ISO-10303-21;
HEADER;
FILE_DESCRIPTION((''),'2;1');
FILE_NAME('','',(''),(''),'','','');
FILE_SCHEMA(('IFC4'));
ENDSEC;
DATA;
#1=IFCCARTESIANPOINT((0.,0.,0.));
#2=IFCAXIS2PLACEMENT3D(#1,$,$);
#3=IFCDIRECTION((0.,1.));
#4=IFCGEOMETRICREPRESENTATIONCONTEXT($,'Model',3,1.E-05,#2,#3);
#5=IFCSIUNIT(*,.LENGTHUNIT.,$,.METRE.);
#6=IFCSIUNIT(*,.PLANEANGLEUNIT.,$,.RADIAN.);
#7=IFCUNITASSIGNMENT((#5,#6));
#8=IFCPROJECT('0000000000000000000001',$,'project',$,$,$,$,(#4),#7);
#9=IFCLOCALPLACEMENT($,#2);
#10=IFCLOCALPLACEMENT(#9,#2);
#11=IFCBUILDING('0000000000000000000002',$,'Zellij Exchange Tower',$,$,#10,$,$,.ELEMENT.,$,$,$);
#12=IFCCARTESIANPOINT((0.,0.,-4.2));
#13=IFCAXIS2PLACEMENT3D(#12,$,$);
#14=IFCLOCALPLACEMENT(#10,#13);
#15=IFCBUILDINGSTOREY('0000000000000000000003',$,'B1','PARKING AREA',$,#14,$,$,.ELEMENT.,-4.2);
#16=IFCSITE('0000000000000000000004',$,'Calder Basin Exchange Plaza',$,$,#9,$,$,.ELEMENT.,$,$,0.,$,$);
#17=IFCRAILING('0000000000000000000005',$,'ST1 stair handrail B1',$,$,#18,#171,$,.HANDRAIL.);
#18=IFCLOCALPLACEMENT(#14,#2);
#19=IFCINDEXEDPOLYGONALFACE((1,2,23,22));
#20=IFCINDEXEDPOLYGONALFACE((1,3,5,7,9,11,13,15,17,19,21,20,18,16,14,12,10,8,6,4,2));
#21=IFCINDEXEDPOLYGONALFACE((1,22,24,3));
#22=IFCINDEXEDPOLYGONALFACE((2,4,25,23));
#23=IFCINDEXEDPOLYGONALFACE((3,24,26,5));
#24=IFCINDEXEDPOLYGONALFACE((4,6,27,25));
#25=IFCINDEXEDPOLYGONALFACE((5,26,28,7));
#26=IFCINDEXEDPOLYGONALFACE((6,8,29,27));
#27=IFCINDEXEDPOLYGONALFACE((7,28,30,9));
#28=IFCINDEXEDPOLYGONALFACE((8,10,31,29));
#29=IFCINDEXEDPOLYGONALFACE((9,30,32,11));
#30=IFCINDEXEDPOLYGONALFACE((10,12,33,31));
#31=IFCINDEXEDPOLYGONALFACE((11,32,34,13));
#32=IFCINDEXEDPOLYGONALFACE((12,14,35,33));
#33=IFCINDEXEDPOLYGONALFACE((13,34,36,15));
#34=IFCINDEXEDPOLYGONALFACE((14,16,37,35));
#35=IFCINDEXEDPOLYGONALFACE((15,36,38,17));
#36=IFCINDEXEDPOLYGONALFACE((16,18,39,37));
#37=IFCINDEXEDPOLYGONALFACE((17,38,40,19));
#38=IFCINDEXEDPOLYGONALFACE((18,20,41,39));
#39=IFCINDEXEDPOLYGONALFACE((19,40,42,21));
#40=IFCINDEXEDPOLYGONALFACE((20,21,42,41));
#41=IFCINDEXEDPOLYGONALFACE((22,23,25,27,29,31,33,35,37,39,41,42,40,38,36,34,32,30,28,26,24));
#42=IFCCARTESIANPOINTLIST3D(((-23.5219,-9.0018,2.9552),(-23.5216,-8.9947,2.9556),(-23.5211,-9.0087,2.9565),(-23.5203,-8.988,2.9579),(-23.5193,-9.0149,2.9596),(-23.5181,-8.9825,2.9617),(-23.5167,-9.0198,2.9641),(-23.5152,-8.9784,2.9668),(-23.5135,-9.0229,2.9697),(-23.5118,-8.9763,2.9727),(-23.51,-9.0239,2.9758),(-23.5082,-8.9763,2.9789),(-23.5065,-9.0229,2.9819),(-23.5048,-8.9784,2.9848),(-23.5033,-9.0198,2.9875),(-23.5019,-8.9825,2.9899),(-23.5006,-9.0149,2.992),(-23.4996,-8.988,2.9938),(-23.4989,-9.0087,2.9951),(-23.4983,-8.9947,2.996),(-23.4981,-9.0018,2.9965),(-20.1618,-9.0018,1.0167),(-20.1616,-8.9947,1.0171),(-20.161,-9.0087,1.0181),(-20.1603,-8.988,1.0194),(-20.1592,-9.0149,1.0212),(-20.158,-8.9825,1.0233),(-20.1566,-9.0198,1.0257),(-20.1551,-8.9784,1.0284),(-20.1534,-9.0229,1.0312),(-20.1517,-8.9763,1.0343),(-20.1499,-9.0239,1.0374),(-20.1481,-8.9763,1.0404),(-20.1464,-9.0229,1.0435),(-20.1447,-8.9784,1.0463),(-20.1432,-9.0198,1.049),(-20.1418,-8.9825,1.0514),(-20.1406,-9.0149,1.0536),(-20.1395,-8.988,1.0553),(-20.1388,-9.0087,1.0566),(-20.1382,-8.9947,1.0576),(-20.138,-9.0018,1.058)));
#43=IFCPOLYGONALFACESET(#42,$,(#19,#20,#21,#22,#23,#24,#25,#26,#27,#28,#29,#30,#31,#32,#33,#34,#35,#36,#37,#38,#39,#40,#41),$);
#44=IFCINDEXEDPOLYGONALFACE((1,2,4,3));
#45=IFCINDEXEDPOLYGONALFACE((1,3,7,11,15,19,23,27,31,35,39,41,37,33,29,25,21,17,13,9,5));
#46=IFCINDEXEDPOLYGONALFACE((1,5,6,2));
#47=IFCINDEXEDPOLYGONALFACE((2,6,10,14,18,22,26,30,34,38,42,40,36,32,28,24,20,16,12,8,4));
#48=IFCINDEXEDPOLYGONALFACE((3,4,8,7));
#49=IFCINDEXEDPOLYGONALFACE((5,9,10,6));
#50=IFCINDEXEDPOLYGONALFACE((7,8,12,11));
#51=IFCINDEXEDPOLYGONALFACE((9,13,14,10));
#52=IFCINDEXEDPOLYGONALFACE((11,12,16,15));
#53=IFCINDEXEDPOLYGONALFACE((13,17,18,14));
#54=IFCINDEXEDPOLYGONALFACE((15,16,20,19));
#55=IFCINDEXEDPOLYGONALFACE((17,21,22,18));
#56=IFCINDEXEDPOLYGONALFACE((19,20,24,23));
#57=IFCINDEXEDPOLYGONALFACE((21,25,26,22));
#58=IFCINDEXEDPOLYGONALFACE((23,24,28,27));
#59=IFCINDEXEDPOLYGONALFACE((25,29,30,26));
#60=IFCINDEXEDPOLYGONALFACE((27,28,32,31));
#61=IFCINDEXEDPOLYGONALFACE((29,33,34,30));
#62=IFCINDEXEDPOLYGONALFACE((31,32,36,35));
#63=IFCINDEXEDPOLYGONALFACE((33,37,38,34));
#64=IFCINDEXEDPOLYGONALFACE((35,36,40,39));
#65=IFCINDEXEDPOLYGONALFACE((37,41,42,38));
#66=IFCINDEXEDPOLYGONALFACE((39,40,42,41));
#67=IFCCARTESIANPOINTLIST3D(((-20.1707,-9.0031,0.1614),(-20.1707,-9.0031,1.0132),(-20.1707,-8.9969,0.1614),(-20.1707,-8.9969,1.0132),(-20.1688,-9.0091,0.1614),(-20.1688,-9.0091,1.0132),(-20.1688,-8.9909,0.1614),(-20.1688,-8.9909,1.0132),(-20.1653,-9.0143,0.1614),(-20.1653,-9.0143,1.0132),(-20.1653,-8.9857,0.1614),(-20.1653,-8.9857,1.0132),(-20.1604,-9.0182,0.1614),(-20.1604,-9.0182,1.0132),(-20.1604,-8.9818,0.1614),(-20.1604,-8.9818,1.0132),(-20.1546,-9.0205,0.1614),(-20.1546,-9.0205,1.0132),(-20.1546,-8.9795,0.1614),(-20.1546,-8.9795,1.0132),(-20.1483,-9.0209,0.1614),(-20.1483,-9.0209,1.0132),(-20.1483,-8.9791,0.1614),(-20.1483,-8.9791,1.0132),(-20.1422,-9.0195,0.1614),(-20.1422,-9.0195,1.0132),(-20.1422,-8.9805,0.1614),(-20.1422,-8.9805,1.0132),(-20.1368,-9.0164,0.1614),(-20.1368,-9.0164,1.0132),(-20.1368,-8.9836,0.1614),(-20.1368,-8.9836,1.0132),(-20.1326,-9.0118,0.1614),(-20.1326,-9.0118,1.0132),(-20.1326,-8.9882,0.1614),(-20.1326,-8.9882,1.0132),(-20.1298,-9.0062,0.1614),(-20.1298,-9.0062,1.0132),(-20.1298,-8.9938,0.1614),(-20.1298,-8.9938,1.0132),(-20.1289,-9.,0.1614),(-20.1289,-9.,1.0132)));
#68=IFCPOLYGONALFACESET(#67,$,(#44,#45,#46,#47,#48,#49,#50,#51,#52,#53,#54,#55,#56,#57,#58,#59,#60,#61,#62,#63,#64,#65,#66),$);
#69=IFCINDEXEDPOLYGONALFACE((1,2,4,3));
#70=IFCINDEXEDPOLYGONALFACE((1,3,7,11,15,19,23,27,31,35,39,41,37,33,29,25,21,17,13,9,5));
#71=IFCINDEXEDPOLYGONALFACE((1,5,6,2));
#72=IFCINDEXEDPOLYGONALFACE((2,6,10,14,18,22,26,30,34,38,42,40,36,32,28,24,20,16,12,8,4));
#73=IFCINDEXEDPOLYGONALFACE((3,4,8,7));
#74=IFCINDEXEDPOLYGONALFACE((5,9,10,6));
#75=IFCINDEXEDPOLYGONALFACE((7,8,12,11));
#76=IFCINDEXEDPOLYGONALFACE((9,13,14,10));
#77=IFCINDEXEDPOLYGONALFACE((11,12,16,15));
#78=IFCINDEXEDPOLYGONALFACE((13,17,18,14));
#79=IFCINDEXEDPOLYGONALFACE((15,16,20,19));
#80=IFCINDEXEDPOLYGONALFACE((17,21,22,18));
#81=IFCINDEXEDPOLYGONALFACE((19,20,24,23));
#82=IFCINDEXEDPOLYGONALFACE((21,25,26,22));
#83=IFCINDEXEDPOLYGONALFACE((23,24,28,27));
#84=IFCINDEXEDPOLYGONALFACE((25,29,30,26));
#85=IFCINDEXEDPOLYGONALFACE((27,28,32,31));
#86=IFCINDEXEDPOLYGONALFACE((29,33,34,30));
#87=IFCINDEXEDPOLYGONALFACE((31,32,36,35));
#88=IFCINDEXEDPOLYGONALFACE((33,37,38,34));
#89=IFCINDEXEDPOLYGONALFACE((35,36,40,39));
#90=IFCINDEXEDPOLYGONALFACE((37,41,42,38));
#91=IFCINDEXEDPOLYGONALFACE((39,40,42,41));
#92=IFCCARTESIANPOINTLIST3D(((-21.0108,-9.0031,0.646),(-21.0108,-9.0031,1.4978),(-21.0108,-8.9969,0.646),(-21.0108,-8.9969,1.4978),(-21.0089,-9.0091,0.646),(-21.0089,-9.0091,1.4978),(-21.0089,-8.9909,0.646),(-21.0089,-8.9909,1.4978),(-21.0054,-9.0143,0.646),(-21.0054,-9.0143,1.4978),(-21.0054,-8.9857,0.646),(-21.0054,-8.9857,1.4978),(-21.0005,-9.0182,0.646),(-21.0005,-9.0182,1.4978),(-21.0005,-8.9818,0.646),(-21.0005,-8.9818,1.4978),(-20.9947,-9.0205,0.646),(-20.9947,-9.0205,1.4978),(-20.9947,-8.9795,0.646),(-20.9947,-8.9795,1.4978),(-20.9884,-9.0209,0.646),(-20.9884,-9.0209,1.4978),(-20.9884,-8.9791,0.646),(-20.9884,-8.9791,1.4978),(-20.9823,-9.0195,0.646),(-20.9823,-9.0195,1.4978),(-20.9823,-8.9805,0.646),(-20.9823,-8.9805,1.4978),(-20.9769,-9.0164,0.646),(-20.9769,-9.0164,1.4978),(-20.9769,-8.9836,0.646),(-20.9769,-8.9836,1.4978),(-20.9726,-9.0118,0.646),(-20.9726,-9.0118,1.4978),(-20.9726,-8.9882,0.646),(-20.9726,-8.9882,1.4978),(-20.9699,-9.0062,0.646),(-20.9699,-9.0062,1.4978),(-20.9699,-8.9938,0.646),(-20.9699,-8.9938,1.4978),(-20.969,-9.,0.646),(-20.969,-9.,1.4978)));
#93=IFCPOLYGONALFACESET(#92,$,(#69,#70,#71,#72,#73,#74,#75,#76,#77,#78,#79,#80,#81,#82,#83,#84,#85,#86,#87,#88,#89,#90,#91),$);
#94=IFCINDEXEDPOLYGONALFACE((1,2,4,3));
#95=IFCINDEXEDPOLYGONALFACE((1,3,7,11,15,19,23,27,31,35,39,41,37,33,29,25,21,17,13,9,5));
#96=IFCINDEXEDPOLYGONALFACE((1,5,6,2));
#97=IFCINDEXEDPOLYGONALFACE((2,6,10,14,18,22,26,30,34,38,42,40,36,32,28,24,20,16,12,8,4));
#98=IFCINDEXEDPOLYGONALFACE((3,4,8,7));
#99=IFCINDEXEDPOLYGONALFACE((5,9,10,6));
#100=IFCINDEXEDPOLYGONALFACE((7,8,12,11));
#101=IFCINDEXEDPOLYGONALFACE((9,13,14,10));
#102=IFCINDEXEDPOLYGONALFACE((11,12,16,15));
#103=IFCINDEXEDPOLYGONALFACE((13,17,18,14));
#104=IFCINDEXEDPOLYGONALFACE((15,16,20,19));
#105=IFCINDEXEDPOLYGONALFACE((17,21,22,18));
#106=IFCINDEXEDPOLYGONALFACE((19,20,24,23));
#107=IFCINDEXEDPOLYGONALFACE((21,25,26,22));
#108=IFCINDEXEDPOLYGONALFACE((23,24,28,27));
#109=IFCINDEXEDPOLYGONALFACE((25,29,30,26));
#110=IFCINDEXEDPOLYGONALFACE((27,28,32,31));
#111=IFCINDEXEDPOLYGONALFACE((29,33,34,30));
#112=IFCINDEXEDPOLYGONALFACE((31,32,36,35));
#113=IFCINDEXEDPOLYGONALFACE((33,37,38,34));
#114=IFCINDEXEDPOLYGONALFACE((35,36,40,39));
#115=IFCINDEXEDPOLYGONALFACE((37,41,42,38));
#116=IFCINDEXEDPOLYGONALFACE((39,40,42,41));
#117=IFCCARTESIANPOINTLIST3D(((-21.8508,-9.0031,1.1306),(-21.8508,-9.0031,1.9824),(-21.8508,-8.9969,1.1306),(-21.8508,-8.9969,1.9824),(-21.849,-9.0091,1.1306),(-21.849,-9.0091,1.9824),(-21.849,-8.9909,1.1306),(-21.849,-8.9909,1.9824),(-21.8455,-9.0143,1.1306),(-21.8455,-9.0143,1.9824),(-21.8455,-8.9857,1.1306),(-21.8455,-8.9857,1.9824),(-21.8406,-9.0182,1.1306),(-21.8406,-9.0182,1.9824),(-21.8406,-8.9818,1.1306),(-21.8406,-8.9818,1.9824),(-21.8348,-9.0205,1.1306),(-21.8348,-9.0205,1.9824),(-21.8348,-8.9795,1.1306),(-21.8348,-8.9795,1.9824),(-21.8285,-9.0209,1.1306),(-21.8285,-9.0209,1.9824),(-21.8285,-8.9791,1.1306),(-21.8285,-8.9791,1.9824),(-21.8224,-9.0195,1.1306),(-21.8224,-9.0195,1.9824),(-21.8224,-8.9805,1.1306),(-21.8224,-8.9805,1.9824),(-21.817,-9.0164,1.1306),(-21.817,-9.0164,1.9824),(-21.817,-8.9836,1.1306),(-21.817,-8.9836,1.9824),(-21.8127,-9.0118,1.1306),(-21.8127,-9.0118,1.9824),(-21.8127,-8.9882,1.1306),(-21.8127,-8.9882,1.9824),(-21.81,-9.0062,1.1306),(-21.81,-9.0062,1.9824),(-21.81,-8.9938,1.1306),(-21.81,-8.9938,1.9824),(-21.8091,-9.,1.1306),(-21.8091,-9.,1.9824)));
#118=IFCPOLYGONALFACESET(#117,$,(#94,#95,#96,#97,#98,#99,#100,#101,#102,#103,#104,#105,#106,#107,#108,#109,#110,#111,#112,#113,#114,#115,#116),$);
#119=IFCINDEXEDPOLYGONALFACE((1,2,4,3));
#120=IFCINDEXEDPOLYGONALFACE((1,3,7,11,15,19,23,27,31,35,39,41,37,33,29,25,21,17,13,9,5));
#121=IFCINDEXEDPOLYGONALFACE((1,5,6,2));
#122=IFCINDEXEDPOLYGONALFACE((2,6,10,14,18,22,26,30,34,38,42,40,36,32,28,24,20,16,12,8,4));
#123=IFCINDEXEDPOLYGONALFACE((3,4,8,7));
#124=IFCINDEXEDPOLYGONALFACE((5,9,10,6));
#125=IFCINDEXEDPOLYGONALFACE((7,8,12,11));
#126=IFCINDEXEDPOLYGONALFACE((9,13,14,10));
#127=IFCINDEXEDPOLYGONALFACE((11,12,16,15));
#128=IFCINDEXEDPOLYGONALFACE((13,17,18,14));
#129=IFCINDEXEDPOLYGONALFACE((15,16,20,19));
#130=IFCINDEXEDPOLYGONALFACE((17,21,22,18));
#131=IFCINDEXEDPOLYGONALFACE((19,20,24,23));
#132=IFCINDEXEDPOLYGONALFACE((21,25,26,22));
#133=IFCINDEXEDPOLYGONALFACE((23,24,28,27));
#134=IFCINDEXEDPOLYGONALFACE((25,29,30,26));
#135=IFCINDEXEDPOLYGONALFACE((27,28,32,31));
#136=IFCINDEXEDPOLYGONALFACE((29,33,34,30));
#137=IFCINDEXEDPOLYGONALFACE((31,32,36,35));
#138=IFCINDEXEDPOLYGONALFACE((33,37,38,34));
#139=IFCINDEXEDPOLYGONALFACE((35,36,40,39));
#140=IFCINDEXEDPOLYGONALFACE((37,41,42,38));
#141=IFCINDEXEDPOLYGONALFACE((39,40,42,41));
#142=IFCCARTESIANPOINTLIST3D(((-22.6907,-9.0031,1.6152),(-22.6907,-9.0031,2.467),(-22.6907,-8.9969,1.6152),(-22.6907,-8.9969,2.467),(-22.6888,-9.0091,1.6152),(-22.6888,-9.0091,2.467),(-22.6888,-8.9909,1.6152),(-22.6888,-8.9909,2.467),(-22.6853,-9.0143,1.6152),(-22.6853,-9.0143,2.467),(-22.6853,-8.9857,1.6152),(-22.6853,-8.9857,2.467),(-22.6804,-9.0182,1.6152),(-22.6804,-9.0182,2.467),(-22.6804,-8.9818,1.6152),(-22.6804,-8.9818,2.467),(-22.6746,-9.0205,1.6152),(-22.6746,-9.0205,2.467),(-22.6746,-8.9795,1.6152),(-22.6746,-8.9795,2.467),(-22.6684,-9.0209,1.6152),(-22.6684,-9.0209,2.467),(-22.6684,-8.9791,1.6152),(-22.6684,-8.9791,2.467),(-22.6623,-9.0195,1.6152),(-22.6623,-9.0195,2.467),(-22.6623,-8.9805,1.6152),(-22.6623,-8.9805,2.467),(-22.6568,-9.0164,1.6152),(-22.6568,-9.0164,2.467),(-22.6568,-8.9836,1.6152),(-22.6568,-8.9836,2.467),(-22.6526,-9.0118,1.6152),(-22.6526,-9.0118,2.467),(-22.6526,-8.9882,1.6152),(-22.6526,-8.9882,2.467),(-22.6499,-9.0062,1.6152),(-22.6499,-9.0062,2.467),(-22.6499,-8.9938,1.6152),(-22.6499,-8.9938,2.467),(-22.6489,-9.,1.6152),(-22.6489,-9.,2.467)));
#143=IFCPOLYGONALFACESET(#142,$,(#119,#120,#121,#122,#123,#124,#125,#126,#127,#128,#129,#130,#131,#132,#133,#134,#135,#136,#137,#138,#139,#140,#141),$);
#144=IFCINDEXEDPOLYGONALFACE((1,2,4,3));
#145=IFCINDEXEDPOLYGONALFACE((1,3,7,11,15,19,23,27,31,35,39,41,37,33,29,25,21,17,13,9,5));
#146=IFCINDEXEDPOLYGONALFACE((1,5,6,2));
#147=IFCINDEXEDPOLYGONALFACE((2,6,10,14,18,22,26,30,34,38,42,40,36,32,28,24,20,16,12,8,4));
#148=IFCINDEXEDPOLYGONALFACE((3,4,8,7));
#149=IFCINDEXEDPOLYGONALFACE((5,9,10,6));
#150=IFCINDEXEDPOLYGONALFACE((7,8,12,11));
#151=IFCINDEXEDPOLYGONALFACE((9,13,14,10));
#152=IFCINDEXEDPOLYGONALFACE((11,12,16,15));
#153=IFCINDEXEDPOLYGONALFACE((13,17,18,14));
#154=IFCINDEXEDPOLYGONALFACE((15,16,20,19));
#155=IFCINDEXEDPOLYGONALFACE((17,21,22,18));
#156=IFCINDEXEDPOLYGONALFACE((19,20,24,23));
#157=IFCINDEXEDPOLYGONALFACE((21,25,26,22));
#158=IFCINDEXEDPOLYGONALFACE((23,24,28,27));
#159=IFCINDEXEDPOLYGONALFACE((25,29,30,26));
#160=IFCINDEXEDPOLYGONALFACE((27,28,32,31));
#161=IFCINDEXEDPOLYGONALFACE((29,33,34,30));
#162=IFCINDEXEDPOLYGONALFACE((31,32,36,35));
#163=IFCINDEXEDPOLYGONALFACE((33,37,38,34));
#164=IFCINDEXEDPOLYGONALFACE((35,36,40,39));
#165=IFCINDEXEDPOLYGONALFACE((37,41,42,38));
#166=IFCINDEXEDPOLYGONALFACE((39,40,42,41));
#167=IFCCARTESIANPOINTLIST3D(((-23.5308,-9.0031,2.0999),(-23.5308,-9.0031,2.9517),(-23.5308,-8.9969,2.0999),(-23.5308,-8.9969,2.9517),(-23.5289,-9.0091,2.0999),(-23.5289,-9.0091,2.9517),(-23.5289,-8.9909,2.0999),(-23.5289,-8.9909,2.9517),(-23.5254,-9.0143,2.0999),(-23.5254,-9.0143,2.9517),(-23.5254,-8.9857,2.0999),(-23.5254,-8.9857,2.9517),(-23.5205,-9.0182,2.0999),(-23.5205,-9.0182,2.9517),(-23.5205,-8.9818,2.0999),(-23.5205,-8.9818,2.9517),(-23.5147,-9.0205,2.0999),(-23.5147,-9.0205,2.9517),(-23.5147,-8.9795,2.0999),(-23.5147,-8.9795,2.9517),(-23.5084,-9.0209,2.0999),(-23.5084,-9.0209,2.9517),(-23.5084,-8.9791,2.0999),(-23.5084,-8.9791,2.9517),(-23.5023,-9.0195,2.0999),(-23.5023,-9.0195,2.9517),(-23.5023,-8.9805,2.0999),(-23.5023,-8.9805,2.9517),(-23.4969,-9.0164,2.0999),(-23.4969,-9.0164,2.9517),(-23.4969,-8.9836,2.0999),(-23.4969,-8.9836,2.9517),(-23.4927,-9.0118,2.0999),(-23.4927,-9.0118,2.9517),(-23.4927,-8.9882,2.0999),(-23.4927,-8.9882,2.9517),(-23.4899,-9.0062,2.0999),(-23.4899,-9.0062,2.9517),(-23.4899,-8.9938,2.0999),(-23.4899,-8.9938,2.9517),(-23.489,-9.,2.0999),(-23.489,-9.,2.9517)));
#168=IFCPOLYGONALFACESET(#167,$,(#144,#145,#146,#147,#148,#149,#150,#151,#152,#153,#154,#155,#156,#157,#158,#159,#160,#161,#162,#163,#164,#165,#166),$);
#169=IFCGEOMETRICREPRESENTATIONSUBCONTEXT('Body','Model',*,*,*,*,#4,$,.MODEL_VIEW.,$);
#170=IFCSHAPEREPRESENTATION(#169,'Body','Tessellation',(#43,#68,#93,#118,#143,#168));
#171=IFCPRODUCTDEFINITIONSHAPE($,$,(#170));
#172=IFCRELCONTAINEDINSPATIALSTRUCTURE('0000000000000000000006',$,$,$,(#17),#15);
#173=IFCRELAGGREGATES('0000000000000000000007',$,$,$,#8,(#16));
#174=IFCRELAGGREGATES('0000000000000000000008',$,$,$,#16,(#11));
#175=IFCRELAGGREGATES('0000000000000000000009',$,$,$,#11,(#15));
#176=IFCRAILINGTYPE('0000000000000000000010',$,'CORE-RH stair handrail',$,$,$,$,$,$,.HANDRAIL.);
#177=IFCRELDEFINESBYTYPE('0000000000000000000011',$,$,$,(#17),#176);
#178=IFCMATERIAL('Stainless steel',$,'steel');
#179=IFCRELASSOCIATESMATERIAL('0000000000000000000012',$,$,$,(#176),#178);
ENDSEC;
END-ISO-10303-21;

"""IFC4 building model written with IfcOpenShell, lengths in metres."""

from ifc_helpers import new_model, si_unit, direction, frame, origin, origin_2d, place, context, subcontext, project, spatial, circle, extrude, material, type_object, element, save


model = new_model("IFC4")

# Units and contexts
model_context = context("Model", 3, precision=1e-05, world=origin(), true_north=direction((0.0, 1.0)))
body_context = subcontext(model_context, "Body", "Model", "MODEL_VIEW")
ifc_project = project(units=[si_unit("LENGTHUNIT", "METRE"), si_unit("PLANEANGLEUNIT", "RADIAN")], contexts=[model_context])

# Site, building, storey
site_placement = place(None, origin())
site = spatial("IfcSite", under=ifc_project, at=site_placement, Name="Calder Basin Exchange Plaza", CompositionType="ELEMENT", RefElevation=0.0)
building_placement = place(site_placement, origin())
building = spatial("IfcBuilding", under=site, at=building_placement, Name="Zellij Exchange Tower", CompositionType="ELEMENT")
storey_placement = place(building_placement, frame((0.0, 0.0, -4.2)))
storey = spatial("IfcBuildingStorey", under=building, at=storey_placement, Name="B1", Description="PARKING AREA", CompositionType="ELEMENT", Elevation=-4.2)

# Railing
ifc_material_1 = material(Name="Stainless steel", Category="steel")
railing_type_1 = type_object("IfcRailingType", Name="CORE-RH stair handrail", PredefinedType="HANDRAIL", material=ifc_material_1)
railing_1_placement = place(storey_placement, frame((-20.1499, -9.0, 0.1614)))
element("IfcRailing", 1, at=railing_1_placement, inside=storey, type_object=railing_type_1, Name="ST1 stair handrail B1", PredefinedType="HANDRAIL", context=body_context, shape_type="SweptSolid", body=[
    extrude(circle(Radius=0.0239, at=origin_2d()), frame((0.0, 0.0, 0.876), z_axis=(-0.866191, 0.0, 0.499713), x_axis=(0.0, -1.0, 0.0)), (0.0, 0.0, 1.0), 3.8792),
    extrude(circle(Radius=0.021, at=origin_2d()), origin(), (0.0, 0.0, 1.0), 0.8518),
    extrude(circle(Radius=0.021, at=origin_2d()), frame((-0.8401, 0.0, 0.4846)), (0.0, 0.0, 1.0), 0.8518),
    extrude(circle(Radius=0.021, at=origin_2d()), frame((-1.6802, 0.0, 0.9692)), (0.0, 0.0, 1.0), 0.8518),
    extrude(circle(Radius=0.021, at=origin_2d()), frame((-2.52, 0.0, 1.4539)), (0.0, 0.0, 1.0), 0.8518),
    extrude(circle(Radius=0.021, at=origin_2d()), frame((-3.3601, 0.0, 1.9385)), (0.0, 0.0, 1.0), 0.8518),
])

save(model, "model.ifc")
